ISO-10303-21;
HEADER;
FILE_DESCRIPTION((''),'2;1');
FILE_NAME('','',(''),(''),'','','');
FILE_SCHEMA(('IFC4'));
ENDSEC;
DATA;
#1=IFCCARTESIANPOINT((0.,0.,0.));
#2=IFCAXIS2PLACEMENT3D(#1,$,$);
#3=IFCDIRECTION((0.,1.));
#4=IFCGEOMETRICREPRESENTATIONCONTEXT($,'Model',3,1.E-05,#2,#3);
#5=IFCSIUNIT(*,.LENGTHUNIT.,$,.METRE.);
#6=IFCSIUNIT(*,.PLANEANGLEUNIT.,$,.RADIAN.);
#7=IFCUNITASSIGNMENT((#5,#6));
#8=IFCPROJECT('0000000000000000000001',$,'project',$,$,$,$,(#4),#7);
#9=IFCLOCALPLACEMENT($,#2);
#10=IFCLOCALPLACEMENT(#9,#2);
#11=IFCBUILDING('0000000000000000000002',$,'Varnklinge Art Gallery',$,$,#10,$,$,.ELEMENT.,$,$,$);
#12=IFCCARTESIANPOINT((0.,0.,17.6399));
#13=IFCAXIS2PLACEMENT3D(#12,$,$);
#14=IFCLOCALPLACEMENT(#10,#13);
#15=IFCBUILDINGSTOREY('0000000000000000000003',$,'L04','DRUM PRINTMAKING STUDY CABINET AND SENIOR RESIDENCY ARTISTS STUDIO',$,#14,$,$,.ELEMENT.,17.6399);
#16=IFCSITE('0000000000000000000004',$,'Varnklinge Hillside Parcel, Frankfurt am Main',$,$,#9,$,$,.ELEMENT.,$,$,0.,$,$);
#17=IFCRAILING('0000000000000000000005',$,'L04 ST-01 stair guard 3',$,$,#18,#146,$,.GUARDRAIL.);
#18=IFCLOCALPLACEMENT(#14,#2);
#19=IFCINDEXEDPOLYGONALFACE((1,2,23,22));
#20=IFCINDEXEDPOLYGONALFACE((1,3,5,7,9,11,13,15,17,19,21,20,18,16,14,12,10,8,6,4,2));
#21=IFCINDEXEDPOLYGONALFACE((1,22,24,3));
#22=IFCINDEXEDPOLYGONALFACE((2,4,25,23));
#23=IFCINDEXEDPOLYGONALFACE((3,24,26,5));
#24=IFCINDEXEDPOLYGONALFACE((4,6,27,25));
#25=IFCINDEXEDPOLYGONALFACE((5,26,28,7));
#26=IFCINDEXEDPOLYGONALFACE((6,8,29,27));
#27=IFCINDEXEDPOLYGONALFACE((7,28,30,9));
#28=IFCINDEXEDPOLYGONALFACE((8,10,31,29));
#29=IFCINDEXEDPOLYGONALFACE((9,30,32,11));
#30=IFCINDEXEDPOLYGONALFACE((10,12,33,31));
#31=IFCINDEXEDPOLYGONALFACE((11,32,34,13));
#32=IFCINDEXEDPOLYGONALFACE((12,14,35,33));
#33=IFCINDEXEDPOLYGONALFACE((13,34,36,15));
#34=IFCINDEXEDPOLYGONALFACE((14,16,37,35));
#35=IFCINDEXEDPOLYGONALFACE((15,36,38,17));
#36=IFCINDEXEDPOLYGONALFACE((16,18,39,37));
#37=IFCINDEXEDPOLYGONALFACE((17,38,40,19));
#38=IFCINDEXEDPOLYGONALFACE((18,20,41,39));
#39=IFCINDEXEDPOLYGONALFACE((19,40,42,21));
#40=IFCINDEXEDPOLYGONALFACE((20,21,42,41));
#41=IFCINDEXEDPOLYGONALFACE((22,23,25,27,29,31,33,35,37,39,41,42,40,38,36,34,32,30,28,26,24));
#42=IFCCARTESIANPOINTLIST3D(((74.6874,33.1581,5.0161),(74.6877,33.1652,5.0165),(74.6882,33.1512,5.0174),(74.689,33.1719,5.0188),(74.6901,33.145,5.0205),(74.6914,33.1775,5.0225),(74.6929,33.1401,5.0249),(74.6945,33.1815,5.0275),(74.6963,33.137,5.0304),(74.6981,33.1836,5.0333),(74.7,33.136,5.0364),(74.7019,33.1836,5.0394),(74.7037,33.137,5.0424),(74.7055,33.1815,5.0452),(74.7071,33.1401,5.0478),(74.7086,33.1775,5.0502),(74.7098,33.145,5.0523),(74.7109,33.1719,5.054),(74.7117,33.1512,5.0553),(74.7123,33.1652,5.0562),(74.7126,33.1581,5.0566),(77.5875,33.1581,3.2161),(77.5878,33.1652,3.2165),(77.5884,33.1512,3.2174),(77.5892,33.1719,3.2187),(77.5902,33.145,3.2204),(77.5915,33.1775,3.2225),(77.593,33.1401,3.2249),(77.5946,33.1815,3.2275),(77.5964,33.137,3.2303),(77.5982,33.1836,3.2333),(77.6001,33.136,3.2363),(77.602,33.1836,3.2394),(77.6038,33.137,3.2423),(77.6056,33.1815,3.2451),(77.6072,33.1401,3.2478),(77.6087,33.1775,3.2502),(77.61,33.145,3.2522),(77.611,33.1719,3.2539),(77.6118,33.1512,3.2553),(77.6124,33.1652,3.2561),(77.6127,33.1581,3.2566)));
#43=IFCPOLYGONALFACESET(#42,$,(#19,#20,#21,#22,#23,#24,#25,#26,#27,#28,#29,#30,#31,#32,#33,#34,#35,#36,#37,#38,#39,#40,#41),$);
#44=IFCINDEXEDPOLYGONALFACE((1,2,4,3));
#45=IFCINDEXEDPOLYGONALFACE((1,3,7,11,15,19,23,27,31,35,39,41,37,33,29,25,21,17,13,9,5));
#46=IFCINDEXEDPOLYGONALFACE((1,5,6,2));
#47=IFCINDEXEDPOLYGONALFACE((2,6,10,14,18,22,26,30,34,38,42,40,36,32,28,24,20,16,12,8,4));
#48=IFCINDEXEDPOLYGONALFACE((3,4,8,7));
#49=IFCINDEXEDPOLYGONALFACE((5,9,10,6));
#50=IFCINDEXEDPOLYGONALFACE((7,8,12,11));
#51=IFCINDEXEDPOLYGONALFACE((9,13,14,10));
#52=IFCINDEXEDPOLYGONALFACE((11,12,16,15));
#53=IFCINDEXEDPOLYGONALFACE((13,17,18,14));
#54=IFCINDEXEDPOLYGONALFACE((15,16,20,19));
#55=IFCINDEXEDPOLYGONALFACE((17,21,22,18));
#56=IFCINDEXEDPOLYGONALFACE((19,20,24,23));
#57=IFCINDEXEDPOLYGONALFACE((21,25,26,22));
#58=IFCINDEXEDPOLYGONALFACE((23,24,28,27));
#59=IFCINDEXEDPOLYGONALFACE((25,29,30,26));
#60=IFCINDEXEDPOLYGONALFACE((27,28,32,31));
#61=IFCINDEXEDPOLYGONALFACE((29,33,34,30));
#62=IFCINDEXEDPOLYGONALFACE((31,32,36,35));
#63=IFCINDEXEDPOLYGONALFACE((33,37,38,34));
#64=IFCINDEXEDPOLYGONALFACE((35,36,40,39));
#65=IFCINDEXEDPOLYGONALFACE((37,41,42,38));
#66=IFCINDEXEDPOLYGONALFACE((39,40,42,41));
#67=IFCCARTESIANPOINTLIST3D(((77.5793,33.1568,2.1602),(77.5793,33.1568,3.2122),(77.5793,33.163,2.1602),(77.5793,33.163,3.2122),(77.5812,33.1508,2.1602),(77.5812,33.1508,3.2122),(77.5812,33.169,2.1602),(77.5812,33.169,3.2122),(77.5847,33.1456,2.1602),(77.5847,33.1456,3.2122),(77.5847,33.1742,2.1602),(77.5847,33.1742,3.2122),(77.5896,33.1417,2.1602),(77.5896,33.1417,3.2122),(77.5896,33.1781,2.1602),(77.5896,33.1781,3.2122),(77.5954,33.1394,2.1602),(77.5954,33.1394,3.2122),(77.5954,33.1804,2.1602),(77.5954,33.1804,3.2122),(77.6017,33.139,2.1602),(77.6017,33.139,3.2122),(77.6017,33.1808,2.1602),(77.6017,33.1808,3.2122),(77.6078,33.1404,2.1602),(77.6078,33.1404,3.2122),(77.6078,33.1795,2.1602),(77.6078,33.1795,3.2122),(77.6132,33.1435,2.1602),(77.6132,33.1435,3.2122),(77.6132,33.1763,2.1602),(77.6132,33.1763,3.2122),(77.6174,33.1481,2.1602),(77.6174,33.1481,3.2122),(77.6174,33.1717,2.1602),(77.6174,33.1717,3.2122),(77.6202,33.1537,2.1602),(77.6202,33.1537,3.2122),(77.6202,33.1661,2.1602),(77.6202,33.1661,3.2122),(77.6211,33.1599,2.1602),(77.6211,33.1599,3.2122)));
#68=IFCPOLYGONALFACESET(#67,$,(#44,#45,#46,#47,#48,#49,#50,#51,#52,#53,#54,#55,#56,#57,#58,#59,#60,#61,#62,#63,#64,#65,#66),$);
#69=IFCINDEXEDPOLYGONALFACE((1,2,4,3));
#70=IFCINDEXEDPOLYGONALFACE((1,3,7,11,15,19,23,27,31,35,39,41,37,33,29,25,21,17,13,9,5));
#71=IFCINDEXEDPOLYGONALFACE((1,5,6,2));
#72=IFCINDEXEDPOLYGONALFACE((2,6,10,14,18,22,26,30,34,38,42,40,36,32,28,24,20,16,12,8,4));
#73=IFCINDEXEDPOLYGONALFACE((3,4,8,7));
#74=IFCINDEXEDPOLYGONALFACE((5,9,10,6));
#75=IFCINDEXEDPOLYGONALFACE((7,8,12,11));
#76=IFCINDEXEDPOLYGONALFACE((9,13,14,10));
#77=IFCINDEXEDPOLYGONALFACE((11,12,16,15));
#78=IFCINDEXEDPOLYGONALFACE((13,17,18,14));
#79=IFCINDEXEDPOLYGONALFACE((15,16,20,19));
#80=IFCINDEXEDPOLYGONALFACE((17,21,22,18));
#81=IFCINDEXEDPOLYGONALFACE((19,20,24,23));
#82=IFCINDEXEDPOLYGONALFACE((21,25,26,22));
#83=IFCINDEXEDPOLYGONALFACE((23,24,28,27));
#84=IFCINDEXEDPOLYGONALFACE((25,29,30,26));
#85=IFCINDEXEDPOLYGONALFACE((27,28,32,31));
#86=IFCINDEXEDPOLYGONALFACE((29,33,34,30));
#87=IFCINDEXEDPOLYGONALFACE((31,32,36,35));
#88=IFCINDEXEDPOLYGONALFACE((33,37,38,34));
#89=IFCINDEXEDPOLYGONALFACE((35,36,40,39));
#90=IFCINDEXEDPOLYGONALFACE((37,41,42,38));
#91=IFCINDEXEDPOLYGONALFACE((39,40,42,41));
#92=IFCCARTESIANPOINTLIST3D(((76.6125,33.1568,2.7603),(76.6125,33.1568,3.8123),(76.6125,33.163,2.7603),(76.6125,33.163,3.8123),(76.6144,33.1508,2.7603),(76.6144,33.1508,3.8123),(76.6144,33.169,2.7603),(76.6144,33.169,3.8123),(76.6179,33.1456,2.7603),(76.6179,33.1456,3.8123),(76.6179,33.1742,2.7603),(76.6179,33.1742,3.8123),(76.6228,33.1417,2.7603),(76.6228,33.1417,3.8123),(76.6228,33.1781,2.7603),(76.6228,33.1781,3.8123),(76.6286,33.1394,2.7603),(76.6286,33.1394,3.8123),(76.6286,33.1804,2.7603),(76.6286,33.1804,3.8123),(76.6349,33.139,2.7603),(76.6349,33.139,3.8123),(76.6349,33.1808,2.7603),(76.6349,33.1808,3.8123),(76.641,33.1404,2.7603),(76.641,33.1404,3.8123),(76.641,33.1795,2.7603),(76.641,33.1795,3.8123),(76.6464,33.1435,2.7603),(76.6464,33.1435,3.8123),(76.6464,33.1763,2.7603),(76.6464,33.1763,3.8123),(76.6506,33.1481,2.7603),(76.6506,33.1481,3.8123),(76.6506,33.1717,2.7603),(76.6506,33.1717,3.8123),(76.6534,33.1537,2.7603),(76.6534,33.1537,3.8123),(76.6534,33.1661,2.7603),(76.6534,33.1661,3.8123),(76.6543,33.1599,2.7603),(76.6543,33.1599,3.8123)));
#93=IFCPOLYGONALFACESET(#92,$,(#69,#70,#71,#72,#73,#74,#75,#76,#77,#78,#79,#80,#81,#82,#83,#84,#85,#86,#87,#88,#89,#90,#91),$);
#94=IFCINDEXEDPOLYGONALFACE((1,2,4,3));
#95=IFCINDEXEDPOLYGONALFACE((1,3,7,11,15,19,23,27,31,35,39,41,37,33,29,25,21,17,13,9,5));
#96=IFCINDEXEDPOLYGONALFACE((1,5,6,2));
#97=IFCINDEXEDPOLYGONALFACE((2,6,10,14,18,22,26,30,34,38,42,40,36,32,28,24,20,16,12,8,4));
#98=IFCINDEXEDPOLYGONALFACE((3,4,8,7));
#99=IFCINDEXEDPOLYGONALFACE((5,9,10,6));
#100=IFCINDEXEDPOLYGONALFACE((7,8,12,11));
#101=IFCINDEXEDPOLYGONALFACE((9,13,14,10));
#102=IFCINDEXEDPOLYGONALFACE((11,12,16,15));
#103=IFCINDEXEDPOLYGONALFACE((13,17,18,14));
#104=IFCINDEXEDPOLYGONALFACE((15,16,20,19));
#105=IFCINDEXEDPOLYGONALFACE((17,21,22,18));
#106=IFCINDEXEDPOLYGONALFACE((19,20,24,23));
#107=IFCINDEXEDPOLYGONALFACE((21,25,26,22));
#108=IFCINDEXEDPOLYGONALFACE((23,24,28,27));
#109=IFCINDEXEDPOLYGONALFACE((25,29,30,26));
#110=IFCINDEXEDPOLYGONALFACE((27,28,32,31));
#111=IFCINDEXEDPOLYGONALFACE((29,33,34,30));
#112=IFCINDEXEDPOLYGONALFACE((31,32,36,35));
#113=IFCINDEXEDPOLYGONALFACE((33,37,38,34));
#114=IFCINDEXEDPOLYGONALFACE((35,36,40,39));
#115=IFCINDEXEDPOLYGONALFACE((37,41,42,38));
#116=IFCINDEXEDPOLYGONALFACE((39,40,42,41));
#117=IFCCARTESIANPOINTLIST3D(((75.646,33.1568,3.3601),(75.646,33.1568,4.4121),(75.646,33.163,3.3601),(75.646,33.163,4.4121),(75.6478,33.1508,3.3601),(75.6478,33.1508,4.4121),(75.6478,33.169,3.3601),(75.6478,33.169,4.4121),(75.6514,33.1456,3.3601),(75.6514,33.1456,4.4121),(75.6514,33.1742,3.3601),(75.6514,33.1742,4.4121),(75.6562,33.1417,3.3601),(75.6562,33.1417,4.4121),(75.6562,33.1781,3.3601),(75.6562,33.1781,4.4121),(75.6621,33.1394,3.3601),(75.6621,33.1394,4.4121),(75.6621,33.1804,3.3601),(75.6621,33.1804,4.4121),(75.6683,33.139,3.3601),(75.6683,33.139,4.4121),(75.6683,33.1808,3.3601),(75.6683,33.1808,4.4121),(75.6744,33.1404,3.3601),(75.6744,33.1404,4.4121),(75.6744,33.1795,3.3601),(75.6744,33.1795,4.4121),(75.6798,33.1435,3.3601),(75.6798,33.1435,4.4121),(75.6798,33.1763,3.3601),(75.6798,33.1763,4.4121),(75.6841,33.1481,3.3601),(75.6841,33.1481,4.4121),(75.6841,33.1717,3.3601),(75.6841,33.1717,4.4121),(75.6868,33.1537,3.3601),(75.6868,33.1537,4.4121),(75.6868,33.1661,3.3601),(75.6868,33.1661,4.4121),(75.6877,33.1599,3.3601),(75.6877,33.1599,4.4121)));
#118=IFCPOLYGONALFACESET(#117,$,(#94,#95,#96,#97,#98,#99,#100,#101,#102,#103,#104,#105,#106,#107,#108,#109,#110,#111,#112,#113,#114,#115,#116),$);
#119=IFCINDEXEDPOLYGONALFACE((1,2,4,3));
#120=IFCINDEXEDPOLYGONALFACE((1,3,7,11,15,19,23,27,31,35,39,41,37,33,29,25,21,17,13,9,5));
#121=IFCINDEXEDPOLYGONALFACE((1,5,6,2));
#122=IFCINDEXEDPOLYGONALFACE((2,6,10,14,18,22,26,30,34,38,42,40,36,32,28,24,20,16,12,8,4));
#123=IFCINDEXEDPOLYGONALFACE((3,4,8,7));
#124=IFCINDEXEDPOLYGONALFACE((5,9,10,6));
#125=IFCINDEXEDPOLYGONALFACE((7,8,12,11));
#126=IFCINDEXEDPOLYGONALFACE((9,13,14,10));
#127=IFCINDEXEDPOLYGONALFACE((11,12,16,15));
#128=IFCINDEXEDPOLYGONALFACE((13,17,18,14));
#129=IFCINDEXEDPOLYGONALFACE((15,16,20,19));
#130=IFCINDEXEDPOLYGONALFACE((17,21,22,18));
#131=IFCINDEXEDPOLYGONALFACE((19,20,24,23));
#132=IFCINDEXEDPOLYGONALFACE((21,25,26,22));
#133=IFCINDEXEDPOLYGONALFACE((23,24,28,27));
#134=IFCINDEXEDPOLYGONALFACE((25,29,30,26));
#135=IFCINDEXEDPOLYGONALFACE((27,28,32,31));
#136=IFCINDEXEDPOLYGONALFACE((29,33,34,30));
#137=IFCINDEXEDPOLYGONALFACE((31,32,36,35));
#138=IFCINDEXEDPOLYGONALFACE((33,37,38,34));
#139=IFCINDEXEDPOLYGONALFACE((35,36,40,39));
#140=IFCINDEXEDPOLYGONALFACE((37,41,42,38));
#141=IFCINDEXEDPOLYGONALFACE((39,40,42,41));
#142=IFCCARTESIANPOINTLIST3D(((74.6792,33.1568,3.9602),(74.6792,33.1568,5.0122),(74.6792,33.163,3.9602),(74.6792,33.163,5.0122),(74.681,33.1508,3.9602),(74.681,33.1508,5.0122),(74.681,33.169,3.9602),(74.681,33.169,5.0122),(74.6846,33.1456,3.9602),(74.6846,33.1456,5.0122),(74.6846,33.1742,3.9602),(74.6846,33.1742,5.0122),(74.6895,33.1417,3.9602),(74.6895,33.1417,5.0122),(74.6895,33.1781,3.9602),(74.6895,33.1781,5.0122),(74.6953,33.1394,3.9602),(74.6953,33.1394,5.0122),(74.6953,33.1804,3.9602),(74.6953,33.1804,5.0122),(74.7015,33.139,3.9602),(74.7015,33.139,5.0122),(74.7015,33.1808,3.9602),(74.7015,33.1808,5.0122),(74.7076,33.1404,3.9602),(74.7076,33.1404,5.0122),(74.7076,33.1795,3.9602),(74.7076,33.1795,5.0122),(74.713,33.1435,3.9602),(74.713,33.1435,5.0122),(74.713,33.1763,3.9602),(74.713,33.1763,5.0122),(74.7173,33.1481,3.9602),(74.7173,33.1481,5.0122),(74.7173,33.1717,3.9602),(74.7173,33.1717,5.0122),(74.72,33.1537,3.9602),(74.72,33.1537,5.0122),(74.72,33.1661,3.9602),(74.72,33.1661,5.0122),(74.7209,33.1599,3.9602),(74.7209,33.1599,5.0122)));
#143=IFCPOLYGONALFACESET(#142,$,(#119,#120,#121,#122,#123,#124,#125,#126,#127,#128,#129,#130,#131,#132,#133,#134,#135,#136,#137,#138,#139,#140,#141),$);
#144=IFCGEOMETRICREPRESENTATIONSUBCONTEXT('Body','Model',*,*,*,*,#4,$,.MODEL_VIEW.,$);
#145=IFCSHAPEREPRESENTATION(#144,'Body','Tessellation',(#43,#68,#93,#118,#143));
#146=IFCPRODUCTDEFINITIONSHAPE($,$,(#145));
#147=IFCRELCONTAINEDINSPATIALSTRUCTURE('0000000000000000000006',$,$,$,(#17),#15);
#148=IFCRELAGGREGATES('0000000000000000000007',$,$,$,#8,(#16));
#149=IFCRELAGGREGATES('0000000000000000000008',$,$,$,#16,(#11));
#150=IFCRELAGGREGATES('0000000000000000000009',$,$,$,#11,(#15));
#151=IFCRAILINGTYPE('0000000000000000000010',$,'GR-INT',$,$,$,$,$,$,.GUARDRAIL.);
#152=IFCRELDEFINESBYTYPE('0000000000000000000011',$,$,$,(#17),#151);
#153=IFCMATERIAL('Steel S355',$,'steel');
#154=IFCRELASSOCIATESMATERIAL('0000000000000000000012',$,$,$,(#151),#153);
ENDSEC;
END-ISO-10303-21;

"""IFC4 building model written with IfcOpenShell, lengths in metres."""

from ifc_helpers import new_model, si_unit, direction, frame, origin, origin_2d, place, context, subcontext, project, spatial, circle, extrude, material, type_object, element, save


model = new_model("IFC4")

# Units and contexts
model_context = context("Model", 3, precision=1e-05, world=origin(), true_north=direction((0.0, 1.0)))
body_context = subcontext(model_context, "Body", "Model", "MODEL_VIEW")
ifc_project = project(units=[si_unit("LENGTHUNIT", "METRE"), si_unit("PLANEANGLEUNIT", "RADIAN")], contexts=[model_context])

# Site, building, storey
site_placement = place(None, origin())
site = spatial("IfcSite", under=ifc_project, at=site_placement, Name="Varnklinge Hillside Parcel, Frankfurt am Main", CompositionType="ELEMENT", RefElevation=0.0)
building_placement = place(site_placement, origin())
building = spatial("IfcBuilding", under=site, at=building_placement, Name="Varnklinge Art Gallery", CompositionType="ELEMENT")
storey_placement = place(building_placement, frame((0.0, 0.0, 17.6399)))
storey = spatial("IfcBuildingStorey", under=building, at=storey_placement, Name="L04", Description="DRUM PRINTMAKING STUDY CABINET AND SENIOR RESIDENCY ARTISTS STUDIO", CompositionType="ELEMENT", Elevation=17.6399)

# Railing
ifc_material_1 = material(Name="Steel S355", Category="steel")
railing_type_1 = type_object("IfcRailingType", Name="GR-INT", PredefinedType="GUARDRAIL", material=ifc_material_1)
railing_1_placement = place(storey_placement, frame((77.6001, 33.1599, 2.1602)))
element("IfcRailing", 1, at=railing_1_placement, inside=storey, type_object=railing_type_1, Name="L04 ST-01 stair guard 3", PredefinedType="GUARDRAIL", context=body_context, shape_type="SweptSolid", body=[
    extrude(circle(Radius=0.0239, at=origin_2d()), frame((0.0, 0.0, 1.0762), z_axis=(-0.849646, 0.0, 0.527354), x_axis=(0.0, -1.0, 0.0)), (0.0, 0.0, 1.0), 3.4133),
    extrude(circle(Radius=0.021, at=origin_2d()), origin(), (0.0, 0.0, 1.0), 1.052),
    extrude(circle(Radius=0.021, at=origin_2d()), frame((-0.9668, 0.0, 0.6001)), (0.0, 0.0, 1.0), 1.052),
    extrude(circle(Radius=0.021, at=origin_2d()), frame((-1.9333, 0.0, 1.2)), (0.0, 0.0, 1.0), 1.052),
    extrude(circle(Radius=0.021, at=origin_2d()), frame((-2.9001, 0.0, 1.8)), (0.0, 0.0, 1.0), 1.052),
])

save(model, "model.ifc")
